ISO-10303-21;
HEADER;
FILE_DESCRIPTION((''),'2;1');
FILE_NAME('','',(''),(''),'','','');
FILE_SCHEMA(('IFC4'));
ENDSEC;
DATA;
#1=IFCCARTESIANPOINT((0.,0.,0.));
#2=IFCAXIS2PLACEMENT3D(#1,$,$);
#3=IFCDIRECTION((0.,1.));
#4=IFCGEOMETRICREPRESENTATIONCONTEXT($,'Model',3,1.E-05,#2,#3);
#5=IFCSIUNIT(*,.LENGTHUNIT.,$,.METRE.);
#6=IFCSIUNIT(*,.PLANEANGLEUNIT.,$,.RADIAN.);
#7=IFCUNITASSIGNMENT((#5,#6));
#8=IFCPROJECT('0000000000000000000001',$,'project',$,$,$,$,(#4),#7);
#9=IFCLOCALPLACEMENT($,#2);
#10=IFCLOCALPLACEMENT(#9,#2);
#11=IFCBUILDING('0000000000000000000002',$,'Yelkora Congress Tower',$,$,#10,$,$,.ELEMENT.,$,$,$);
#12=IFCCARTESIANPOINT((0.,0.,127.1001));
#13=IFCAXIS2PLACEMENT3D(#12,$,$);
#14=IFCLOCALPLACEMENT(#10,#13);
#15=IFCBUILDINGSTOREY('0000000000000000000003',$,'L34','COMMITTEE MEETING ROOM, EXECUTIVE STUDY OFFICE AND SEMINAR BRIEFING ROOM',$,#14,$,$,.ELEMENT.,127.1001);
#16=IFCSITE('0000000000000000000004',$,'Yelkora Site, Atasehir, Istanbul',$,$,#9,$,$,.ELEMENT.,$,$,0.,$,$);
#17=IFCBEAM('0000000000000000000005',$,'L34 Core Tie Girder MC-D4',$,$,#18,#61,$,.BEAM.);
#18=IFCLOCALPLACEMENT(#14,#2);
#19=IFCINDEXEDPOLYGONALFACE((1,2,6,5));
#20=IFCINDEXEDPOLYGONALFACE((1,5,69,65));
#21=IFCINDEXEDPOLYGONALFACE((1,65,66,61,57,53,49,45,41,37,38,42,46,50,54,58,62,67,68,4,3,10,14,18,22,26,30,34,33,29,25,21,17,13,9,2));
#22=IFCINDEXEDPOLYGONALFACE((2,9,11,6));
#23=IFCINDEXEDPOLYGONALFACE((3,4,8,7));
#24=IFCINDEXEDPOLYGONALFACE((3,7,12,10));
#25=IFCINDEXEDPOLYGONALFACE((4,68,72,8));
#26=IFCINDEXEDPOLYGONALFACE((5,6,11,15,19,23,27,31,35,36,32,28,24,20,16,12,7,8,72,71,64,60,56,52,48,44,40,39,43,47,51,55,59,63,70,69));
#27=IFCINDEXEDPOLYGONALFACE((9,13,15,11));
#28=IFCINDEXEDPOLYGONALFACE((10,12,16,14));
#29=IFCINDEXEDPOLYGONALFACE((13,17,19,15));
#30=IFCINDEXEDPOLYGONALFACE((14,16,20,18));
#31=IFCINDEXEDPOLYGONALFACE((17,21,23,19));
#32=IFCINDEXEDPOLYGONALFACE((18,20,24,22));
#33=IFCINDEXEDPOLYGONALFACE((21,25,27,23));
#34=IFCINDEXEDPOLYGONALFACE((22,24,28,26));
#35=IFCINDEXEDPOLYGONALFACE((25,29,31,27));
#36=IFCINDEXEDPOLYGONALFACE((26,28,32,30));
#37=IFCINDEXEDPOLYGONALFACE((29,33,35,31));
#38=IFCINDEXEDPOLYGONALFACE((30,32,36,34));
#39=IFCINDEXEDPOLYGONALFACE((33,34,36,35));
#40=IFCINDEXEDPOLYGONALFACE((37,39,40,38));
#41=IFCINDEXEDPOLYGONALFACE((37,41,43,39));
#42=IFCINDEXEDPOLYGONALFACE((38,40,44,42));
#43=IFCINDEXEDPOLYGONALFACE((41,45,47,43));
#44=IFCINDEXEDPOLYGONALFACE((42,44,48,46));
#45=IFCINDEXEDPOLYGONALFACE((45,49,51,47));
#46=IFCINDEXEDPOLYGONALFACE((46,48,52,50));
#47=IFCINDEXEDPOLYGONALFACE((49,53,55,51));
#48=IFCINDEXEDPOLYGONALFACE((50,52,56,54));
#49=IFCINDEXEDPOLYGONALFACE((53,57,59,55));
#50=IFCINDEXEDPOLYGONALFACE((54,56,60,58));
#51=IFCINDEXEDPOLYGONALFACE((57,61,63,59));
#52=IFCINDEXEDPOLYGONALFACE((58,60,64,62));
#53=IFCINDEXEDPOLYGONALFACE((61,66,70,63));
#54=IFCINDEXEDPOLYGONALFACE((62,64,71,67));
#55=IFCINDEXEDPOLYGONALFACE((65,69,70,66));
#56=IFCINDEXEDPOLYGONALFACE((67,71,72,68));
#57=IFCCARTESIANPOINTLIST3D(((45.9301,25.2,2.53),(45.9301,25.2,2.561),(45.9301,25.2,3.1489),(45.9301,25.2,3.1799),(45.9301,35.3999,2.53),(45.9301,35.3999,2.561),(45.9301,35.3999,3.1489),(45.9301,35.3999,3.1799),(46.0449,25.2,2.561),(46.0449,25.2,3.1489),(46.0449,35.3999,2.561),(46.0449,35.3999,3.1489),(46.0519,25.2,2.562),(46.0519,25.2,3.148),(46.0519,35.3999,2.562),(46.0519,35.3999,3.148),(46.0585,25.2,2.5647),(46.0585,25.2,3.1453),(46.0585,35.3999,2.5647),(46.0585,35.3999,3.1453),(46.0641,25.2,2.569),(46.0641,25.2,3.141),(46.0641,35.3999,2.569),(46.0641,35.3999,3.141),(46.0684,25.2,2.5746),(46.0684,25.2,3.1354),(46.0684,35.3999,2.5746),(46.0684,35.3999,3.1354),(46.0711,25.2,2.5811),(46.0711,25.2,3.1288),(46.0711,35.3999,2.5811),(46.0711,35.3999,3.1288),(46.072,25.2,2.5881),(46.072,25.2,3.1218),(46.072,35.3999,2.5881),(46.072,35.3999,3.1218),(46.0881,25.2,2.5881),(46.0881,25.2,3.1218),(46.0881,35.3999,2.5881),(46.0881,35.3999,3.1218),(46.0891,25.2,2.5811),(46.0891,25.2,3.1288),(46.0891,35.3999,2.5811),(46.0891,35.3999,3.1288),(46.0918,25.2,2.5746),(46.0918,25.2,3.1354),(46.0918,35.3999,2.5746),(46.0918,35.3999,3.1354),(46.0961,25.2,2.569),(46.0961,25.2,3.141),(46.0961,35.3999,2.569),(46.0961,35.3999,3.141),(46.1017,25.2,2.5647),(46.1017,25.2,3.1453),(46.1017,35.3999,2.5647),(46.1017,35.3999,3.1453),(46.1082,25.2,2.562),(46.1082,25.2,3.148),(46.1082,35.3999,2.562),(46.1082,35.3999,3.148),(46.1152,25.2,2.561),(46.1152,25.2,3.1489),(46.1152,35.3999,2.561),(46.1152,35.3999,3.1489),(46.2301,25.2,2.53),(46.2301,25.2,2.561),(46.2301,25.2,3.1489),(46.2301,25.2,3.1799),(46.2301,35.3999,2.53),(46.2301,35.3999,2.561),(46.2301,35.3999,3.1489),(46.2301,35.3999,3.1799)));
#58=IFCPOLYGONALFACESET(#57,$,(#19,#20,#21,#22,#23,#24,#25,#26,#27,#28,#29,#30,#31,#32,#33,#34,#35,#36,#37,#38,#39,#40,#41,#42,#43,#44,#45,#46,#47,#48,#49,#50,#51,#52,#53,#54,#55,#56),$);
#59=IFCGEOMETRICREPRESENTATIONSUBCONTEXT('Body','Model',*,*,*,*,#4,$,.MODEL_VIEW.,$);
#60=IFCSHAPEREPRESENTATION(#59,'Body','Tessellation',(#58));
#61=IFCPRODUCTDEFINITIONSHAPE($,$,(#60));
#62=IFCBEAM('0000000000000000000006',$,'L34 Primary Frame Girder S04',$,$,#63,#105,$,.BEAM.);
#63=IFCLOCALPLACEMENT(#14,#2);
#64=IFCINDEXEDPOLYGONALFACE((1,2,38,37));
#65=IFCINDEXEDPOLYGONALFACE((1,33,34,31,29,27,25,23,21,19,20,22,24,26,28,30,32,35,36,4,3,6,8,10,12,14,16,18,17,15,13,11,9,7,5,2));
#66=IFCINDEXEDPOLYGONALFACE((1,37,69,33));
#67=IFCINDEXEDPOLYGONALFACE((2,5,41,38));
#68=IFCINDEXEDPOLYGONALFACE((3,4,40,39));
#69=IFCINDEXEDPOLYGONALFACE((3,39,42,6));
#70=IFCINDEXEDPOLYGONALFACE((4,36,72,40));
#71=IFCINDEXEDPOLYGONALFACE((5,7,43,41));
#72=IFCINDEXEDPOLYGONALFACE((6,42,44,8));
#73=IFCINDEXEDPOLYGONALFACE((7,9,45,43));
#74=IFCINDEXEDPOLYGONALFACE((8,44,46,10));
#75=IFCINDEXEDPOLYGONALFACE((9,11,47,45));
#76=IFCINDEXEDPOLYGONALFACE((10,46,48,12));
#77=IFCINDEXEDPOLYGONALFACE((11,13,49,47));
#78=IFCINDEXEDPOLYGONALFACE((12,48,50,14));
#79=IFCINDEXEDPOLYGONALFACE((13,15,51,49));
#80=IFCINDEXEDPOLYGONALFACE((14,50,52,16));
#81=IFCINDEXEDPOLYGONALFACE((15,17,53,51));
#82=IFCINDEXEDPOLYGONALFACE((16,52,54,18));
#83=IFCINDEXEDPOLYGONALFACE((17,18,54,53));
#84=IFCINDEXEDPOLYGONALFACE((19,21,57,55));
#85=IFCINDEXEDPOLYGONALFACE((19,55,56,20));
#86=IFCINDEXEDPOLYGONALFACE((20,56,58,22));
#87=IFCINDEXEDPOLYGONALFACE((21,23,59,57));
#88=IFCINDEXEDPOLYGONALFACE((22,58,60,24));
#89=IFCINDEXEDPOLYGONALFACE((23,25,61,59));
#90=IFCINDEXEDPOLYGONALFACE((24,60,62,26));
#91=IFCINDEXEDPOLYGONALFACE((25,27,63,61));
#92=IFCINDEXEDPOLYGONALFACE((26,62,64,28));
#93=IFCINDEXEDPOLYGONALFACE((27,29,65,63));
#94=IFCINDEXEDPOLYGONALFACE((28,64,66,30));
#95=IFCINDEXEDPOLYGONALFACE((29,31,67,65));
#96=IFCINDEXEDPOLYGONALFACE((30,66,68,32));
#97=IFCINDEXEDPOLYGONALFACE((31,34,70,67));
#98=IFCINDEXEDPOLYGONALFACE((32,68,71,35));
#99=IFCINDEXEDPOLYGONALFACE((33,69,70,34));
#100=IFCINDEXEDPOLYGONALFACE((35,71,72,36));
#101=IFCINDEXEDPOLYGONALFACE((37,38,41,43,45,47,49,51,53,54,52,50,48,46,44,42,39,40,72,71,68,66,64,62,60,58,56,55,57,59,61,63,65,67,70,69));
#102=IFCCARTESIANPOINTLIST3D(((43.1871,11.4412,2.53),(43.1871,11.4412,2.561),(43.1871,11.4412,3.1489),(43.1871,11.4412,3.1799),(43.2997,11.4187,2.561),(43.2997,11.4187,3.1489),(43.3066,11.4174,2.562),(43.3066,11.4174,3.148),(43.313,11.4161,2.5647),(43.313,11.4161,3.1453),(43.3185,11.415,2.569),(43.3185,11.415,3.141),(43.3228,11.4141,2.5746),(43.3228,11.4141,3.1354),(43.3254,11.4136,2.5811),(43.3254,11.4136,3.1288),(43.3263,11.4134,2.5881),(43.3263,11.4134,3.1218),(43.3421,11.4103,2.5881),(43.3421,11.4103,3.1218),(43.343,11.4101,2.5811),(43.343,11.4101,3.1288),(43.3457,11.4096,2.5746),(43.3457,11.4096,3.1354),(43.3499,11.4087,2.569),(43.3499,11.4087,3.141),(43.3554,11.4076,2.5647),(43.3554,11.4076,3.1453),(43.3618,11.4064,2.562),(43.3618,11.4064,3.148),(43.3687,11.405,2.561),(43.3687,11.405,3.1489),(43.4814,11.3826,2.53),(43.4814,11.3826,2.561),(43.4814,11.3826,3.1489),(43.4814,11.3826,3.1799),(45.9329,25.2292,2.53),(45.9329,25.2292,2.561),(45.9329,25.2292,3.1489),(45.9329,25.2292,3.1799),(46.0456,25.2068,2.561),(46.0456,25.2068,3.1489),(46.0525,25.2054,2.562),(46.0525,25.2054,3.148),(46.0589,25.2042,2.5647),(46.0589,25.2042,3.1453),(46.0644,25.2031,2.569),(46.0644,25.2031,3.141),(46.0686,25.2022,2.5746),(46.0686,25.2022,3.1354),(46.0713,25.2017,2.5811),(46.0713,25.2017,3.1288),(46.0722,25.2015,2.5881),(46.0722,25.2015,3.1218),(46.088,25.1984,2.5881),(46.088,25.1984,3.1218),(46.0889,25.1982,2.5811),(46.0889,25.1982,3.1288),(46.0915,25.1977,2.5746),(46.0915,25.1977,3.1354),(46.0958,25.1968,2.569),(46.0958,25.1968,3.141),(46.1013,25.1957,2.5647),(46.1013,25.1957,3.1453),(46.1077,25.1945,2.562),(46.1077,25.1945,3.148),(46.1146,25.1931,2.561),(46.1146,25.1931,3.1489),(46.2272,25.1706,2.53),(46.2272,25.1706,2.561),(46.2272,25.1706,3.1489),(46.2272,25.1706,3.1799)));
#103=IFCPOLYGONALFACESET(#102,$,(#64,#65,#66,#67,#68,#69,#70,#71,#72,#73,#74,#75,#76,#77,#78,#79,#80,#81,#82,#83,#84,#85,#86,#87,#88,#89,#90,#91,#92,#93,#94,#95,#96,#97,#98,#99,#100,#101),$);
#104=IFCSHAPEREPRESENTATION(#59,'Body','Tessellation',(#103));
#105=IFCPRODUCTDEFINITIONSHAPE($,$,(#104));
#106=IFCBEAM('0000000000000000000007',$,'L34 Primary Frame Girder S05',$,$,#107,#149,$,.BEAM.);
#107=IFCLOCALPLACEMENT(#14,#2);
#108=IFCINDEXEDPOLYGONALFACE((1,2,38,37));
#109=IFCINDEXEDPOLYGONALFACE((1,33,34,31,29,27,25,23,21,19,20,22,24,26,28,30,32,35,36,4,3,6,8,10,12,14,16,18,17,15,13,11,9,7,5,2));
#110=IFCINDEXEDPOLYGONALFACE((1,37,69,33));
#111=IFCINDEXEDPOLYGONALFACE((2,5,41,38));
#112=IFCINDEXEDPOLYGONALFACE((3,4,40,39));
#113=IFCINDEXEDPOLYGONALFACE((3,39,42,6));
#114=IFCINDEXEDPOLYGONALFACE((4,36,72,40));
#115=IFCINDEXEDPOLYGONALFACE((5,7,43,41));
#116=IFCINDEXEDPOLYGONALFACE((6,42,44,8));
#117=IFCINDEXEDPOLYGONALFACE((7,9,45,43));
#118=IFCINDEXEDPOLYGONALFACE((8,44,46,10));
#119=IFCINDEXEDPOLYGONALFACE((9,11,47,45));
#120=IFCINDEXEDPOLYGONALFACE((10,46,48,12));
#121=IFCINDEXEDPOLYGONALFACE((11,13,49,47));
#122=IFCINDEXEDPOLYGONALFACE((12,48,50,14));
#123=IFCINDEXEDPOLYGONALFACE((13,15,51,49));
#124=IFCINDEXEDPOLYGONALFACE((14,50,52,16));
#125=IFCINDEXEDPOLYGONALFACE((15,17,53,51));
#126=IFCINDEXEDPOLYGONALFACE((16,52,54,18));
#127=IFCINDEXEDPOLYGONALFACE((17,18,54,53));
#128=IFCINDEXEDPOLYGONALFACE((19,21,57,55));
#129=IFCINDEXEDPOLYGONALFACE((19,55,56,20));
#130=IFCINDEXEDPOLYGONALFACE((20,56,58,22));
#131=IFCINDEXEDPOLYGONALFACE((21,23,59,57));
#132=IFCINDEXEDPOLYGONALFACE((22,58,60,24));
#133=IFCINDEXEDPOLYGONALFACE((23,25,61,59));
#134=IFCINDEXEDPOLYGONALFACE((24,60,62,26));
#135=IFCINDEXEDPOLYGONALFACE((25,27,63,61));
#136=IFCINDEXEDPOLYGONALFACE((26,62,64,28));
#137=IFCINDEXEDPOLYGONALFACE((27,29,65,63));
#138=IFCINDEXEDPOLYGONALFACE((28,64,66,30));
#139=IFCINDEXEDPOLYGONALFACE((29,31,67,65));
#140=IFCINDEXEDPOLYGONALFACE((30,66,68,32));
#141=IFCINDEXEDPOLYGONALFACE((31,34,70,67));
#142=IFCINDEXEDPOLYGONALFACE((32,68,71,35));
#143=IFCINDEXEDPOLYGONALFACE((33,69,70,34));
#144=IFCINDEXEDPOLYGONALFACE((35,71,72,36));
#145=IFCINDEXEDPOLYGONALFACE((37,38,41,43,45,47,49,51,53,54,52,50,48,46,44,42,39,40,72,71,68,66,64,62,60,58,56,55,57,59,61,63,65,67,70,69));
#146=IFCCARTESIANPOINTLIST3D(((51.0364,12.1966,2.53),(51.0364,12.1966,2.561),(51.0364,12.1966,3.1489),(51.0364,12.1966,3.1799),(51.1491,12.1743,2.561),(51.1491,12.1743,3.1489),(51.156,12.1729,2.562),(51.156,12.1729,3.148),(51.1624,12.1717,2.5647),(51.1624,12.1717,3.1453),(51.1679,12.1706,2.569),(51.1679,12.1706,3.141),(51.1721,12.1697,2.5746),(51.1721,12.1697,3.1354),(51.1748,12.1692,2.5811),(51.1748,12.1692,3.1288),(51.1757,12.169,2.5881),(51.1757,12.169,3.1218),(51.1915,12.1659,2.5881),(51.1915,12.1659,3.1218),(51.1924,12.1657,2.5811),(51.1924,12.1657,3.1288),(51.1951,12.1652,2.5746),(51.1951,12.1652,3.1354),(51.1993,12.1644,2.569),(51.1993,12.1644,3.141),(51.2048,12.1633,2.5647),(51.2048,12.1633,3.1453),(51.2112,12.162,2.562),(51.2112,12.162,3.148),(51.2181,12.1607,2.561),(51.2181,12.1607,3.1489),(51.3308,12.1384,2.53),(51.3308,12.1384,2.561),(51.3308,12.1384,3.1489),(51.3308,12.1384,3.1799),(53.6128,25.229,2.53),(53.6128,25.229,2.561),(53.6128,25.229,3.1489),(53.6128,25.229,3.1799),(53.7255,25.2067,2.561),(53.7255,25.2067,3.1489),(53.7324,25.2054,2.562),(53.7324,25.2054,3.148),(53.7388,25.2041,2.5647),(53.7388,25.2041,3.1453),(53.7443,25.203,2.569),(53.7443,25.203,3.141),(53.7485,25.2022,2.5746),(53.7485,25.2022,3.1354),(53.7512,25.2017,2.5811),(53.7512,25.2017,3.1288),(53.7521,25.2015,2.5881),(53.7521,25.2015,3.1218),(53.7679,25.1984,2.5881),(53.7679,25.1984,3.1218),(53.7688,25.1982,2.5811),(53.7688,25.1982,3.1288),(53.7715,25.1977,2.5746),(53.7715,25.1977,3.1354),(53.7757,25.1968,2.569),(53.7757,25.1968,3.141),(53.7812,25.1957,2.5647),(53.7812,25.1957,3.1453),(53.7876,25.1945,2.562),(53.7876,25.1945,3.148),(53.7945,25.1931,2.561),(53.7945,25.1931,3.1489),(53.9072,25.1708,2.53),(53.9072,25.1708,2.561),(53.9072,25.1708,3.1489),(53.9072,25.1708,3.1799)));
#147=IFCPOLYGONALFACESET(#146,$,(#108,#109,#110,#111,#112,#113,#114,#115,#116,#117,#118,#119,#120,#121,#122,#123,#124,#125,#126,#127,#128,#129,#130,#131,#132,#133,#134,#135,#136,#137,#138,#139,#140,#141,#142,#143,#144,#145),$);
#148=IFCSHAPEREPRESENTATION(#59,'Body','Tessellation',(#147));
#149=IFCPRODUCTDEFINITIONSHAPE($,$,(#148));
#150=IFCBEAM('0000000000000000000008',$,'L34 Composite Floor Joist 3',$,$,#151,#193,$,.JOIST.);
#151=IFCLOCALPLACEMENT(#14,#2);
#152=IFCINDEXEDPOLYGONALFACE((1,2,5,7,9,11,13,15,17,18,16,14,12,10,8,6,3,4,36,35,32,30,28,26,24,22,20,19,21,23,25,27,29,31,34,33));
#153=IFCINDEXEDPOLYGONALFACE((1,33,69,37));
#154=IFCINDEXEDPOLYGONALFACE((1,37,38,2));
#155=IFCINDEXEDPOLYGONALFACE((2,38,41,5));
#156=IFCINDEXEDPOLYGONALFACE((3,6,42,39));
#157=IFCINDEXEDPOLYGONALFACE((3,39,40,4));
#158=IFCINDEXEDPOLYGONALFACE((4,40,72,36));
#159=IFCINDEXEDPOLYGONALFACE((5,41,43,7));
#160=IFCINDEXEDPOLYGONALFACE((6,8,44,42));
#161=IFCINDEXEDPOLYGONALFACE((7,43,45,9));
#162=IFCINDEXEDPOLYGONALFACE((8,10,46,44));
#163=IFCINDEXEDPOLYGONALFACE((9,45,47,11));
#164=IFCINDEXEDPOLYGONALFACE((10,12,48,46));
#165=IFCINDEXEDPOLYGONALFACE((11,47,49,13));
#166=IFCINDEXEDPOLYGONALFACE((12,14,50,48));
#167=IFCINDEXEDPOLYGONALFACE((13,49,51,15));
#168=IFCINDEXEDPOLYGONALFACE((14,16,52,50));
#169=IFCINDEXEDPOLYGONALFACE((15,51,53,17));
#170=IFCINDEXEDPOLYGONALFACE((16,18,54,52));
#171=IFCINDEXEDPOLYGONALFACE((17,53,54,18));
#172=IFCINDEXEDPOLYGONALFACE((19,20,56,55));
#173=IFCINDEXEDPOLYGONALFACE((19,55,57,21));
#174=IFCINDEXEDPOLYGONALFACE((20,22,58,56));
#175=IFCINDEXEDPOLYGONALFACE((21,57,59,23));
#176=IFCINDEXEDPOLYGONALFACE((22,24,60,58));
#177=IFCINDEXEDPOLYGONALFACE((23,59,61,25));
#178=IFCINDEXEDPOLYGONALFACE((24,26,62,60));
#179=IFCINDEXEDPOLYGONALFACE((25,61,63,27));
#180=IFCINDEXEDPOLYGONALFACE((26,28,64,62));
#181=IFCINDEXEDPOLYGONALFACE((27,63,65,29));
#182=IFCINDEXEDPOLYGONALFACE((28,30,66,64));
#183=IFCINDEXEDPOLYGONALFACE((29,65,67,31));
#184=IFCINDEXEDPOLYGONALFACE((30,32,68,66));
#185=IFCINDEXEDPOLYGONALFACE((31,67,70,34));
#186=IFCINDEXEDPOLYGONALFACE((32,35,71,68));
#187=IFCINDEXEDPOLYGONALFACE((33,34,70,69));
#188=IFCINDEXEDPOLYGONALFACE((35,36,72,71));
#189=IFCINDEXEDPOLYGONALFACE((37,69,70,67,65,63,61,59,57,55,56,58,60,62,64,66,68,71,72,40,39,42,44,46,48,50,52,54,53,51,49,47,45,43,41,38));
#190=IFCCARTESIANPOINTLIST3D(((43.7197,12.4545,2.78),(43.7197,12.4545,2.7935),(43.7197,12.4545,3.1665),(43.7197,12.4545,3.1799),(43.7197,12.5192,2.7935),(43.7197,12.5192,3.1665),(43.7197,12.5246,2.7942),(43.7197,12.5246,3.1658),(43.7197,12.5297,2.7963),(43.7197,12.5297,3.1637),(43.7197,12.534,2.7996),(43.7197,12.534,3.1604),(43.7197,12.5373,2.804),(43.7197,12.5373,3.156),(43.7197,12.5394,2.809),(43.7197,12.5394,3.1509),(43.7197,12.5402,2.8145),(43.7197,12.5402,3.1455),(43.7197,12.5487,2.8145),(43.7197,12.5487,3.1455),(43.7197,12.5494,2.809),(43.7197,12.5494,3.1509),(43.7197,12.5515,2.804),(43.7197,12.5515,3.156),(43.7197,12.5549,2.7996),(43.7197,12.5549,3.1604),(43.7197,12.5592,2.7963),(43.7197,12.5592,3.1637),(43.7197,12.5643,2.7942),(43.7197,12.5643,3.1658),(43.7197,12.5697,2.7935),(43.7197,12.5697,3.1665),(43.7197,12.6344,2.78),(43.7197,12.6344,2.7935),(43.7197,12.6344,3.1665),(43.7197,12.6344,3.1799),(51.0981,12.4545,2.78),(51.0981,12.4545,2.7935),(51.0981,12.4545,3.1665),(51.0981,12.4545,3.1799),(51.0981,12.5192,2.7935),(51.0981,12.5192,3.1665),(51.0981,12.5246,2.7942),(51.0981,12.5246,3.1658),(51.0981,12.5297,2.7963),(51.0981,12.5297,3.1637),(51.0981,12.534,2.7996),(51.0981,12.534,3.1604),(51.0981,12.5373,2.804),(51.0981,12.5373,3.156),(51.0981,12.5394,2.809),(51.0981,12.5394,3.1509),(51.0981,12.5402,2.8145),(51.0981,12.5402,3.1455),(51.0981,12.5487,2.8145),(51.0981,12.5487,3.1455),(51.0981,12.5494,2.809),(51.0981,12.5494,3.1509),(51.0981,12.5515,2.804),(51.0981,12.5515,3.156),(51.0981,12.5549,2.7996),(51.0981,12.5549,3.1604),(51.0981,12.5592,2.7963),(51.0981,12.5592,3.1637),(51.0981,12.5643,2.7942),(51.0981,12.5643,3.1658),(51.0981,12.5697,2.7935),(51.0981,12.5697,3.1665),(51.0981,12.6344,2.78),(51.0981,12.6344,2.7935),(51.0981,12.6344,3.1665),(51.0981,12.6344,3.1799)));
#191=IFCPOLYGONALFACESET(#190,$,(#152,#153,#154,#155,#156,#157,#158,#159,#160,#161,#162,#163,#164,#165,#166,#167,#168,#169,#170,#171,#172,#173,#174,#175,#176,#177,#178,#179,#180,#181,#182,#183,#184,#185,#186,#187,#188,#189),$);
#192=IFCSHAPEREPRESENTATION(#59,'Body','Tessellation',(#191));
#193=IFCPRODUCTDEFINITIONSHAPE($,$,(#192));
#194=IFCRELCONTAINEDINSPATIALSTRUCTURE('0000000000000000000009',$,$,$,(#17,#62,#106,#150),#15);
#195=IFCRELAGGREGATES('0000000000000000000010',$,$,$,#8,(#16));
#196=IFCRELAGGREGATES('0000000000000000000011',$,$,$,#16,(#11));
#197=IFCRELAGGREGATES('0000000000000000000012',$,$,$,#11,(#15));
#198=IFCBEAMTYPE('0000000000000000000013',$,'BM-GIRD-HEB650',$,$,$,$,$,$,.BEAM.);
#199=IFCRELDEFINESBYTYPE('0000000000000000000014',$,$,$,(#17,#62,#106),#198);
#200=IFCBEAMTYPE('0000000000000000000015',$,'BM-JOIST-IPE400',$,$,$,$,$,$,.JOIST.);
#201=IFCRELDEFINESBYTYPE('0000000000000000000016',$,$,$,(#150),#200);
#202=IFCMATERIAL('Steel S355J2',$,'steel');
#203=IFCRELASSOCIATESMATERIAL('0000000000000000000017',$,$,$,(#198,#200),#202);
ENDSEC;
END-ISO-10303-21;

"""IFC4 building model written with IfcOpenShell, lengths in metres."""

from ifc_helpers import new_model, si_unit, direction, frame, origin, origin_2d, place, context, subcontext, project, spatial, i_section, extrude, material, material_profile, profile_set, type_object, element, save


model = new_model("IFC4")

# Units and contexts
model_context = context("Model", 3, precision=1e-05, world=origin(), true_north=direction((0.0, 1.0)))
body_context = subcontext(model_context, "Body", "Model", "MODEL_VIEW")
ifc_project = project(units=[si_unit("LENGTHUNIT", "METRE"), si_unit("PLANEANGLEUNIT", "RADIAN")], contexts=[model_context])

# Site, building, storey
site_placement = place(None, origin())
site = spatial("IfcSite", under=ifc_project, at=site_placement, Name="Yelkora Site, Atasehir, Istanbul", CompositionType="ELEMENT", RefElevation=0.0)
building_placement = place(site_placement, origin())
building = spatial("IfcBuilding", under=site, at=building_placement, Name="Yelkora Congress Tower", CompositionType="ELEMENT")
storey_placement = place(building_placement, frame((0.0, 0.0, 127.1001)))
storey = spatial("IfcBuildingStorey", under=building, at=storey_placement, Name="L34", Description="COMMITTEE MEETING ROOM, EXECUTIVE STUDY OFFICE AND SEMINAR BRIEFING ROOM", CompositionType="ELEMENT", Elevation=127.1001)

# Beams
ifc_material_1 = material(Name="Steel S355J2", Category="steel")
ifc_material_profile_1 = material_profile(ifc_material_1, i_section(OverallWidth=0.3, OverallDepth=0.6499, WebThickness=0.0161, FlangeThickness=0.031, FilletRadius=0.0271, at=origin_2d()), Name="HEB 650")
ifc_profile_set_1 = profile_set([ifc_material_profile_1], Name="Steel S355J2")
beam_type_1 = type_object("IfcBeamType", Name="BM-GIRD-HEB650", PredefinedType="BEAM", material=ifc_profile_set_1)
beam_1_placement = place(storey_placement, frame((46.0801, 25.2, 2.855), z_axis=(0.0, 1.0, 0.0), x_axis=(-1.0, 0.0, 0.0)))
element("IfcBeam", 1, at=beam_1_placement, inside=storey, type_object=beam_type_1, Name="L34 Core Tie Girder MC-D4", PredefinedType="BEAM", context=body_context, shape_type="SweptSolid", body=[
    extrude(i_section(OverallWidth=0.3, OverallDepth=0.6499, WebThickness=0.0161, FlangeThickness=0.031, FilletRadius=0.0271, at=origin_2d()), origin(), (0.0, 0.0, 1.0), 10.2),
])
beam_2_placement = place(storey_placement, frame((43.3342, 11.4119, 2.855), z_axis=(0.195311, 0.980741, 0.0), x_axis=(-0.980741, 0.195311, 0.0)))
element("IfcBeam", 2, at=beam_2_placement, inside=storey, type_object=beam_type_1, Name="L34 Primary Frame Girder S04", PredefinedType="BEAM", context=body_context, shape_type="SweptSolid", body=[
    extrude(i_section(OverallWidth=0.3, OverallDepth=0.6499, WebThickness=0.0161, FlangeThickness=0.031, FilletRadius=0.0271, at=origin_2d()), origin(), (0.0, 0.0, 1.0), 14.0588),
])
beam_3_placement = place(storey_placement, frame((51.1836, 12.1675, 2.855), z_axis=(0.193939, 0.981014, 0.0), x_axis=(-0.981014, 0.193939, 0.0)))
element("IfcBeam", 3, at=beam_3_placement, inside=storey, type_object=beam_type_1, Name="L34 Primary Frame Girder S05", PredefinedType="BEAM", context=body_context, shape_type="SweptSolid", body=[
    extrude(i_section(OverallWidth=0.3, OverallDepth=0.6499, WebThickness=0.0161, FlangeThickness=0.031, FilletRadius=0.0271, at=origin_2d()), origin(), (0.0, 0.0, 1.0), 13.2847),
])
ifc_material_profile_2 = material_profile(ifc_material_1, i_section(OverallWidth=0.1799, OverallDepth=0.3999, WebThickness=0.0085, FlangeThickness=0.0134, FilletRadius=0.021, at=origin_2d()), Name="IPE 400")
ifc_profile_set_2 = profile_set([ifc_material_profile_2], Name="Steel S355J2")
beam_type_2 = type_object("IfcBeamType", Name="BM-JOIST-IPE400", PredefinedType="JOIST", material=ifc_profile_set_2)
beam_4_placement = place(storey_placement, frame((43.7197, 12.5444, 2.98), z_axis=(1.0, 0.0, 0.0), x_axis=(0.0, 1.0, 0.0)))
element("IfcBeam", 4, at=beam_4_placement, inside=storey, type_object=beam_type_2, Name="L34 Composite Floor Joist 3", PredefinedType="JOIST", context=body_context, shape_type="SweptSolid", body=[
    extrude(i_section(OverallWidth=0.1799, OverallDepth=0.3999, WebThickness=0.0085, FlangeThickness=0.0134, FilletRadius=0.021, at=origin_2d()), origin(), (0.0, 0.0, 1.0), 7.3784),
])

save(model, "model.ifc")
